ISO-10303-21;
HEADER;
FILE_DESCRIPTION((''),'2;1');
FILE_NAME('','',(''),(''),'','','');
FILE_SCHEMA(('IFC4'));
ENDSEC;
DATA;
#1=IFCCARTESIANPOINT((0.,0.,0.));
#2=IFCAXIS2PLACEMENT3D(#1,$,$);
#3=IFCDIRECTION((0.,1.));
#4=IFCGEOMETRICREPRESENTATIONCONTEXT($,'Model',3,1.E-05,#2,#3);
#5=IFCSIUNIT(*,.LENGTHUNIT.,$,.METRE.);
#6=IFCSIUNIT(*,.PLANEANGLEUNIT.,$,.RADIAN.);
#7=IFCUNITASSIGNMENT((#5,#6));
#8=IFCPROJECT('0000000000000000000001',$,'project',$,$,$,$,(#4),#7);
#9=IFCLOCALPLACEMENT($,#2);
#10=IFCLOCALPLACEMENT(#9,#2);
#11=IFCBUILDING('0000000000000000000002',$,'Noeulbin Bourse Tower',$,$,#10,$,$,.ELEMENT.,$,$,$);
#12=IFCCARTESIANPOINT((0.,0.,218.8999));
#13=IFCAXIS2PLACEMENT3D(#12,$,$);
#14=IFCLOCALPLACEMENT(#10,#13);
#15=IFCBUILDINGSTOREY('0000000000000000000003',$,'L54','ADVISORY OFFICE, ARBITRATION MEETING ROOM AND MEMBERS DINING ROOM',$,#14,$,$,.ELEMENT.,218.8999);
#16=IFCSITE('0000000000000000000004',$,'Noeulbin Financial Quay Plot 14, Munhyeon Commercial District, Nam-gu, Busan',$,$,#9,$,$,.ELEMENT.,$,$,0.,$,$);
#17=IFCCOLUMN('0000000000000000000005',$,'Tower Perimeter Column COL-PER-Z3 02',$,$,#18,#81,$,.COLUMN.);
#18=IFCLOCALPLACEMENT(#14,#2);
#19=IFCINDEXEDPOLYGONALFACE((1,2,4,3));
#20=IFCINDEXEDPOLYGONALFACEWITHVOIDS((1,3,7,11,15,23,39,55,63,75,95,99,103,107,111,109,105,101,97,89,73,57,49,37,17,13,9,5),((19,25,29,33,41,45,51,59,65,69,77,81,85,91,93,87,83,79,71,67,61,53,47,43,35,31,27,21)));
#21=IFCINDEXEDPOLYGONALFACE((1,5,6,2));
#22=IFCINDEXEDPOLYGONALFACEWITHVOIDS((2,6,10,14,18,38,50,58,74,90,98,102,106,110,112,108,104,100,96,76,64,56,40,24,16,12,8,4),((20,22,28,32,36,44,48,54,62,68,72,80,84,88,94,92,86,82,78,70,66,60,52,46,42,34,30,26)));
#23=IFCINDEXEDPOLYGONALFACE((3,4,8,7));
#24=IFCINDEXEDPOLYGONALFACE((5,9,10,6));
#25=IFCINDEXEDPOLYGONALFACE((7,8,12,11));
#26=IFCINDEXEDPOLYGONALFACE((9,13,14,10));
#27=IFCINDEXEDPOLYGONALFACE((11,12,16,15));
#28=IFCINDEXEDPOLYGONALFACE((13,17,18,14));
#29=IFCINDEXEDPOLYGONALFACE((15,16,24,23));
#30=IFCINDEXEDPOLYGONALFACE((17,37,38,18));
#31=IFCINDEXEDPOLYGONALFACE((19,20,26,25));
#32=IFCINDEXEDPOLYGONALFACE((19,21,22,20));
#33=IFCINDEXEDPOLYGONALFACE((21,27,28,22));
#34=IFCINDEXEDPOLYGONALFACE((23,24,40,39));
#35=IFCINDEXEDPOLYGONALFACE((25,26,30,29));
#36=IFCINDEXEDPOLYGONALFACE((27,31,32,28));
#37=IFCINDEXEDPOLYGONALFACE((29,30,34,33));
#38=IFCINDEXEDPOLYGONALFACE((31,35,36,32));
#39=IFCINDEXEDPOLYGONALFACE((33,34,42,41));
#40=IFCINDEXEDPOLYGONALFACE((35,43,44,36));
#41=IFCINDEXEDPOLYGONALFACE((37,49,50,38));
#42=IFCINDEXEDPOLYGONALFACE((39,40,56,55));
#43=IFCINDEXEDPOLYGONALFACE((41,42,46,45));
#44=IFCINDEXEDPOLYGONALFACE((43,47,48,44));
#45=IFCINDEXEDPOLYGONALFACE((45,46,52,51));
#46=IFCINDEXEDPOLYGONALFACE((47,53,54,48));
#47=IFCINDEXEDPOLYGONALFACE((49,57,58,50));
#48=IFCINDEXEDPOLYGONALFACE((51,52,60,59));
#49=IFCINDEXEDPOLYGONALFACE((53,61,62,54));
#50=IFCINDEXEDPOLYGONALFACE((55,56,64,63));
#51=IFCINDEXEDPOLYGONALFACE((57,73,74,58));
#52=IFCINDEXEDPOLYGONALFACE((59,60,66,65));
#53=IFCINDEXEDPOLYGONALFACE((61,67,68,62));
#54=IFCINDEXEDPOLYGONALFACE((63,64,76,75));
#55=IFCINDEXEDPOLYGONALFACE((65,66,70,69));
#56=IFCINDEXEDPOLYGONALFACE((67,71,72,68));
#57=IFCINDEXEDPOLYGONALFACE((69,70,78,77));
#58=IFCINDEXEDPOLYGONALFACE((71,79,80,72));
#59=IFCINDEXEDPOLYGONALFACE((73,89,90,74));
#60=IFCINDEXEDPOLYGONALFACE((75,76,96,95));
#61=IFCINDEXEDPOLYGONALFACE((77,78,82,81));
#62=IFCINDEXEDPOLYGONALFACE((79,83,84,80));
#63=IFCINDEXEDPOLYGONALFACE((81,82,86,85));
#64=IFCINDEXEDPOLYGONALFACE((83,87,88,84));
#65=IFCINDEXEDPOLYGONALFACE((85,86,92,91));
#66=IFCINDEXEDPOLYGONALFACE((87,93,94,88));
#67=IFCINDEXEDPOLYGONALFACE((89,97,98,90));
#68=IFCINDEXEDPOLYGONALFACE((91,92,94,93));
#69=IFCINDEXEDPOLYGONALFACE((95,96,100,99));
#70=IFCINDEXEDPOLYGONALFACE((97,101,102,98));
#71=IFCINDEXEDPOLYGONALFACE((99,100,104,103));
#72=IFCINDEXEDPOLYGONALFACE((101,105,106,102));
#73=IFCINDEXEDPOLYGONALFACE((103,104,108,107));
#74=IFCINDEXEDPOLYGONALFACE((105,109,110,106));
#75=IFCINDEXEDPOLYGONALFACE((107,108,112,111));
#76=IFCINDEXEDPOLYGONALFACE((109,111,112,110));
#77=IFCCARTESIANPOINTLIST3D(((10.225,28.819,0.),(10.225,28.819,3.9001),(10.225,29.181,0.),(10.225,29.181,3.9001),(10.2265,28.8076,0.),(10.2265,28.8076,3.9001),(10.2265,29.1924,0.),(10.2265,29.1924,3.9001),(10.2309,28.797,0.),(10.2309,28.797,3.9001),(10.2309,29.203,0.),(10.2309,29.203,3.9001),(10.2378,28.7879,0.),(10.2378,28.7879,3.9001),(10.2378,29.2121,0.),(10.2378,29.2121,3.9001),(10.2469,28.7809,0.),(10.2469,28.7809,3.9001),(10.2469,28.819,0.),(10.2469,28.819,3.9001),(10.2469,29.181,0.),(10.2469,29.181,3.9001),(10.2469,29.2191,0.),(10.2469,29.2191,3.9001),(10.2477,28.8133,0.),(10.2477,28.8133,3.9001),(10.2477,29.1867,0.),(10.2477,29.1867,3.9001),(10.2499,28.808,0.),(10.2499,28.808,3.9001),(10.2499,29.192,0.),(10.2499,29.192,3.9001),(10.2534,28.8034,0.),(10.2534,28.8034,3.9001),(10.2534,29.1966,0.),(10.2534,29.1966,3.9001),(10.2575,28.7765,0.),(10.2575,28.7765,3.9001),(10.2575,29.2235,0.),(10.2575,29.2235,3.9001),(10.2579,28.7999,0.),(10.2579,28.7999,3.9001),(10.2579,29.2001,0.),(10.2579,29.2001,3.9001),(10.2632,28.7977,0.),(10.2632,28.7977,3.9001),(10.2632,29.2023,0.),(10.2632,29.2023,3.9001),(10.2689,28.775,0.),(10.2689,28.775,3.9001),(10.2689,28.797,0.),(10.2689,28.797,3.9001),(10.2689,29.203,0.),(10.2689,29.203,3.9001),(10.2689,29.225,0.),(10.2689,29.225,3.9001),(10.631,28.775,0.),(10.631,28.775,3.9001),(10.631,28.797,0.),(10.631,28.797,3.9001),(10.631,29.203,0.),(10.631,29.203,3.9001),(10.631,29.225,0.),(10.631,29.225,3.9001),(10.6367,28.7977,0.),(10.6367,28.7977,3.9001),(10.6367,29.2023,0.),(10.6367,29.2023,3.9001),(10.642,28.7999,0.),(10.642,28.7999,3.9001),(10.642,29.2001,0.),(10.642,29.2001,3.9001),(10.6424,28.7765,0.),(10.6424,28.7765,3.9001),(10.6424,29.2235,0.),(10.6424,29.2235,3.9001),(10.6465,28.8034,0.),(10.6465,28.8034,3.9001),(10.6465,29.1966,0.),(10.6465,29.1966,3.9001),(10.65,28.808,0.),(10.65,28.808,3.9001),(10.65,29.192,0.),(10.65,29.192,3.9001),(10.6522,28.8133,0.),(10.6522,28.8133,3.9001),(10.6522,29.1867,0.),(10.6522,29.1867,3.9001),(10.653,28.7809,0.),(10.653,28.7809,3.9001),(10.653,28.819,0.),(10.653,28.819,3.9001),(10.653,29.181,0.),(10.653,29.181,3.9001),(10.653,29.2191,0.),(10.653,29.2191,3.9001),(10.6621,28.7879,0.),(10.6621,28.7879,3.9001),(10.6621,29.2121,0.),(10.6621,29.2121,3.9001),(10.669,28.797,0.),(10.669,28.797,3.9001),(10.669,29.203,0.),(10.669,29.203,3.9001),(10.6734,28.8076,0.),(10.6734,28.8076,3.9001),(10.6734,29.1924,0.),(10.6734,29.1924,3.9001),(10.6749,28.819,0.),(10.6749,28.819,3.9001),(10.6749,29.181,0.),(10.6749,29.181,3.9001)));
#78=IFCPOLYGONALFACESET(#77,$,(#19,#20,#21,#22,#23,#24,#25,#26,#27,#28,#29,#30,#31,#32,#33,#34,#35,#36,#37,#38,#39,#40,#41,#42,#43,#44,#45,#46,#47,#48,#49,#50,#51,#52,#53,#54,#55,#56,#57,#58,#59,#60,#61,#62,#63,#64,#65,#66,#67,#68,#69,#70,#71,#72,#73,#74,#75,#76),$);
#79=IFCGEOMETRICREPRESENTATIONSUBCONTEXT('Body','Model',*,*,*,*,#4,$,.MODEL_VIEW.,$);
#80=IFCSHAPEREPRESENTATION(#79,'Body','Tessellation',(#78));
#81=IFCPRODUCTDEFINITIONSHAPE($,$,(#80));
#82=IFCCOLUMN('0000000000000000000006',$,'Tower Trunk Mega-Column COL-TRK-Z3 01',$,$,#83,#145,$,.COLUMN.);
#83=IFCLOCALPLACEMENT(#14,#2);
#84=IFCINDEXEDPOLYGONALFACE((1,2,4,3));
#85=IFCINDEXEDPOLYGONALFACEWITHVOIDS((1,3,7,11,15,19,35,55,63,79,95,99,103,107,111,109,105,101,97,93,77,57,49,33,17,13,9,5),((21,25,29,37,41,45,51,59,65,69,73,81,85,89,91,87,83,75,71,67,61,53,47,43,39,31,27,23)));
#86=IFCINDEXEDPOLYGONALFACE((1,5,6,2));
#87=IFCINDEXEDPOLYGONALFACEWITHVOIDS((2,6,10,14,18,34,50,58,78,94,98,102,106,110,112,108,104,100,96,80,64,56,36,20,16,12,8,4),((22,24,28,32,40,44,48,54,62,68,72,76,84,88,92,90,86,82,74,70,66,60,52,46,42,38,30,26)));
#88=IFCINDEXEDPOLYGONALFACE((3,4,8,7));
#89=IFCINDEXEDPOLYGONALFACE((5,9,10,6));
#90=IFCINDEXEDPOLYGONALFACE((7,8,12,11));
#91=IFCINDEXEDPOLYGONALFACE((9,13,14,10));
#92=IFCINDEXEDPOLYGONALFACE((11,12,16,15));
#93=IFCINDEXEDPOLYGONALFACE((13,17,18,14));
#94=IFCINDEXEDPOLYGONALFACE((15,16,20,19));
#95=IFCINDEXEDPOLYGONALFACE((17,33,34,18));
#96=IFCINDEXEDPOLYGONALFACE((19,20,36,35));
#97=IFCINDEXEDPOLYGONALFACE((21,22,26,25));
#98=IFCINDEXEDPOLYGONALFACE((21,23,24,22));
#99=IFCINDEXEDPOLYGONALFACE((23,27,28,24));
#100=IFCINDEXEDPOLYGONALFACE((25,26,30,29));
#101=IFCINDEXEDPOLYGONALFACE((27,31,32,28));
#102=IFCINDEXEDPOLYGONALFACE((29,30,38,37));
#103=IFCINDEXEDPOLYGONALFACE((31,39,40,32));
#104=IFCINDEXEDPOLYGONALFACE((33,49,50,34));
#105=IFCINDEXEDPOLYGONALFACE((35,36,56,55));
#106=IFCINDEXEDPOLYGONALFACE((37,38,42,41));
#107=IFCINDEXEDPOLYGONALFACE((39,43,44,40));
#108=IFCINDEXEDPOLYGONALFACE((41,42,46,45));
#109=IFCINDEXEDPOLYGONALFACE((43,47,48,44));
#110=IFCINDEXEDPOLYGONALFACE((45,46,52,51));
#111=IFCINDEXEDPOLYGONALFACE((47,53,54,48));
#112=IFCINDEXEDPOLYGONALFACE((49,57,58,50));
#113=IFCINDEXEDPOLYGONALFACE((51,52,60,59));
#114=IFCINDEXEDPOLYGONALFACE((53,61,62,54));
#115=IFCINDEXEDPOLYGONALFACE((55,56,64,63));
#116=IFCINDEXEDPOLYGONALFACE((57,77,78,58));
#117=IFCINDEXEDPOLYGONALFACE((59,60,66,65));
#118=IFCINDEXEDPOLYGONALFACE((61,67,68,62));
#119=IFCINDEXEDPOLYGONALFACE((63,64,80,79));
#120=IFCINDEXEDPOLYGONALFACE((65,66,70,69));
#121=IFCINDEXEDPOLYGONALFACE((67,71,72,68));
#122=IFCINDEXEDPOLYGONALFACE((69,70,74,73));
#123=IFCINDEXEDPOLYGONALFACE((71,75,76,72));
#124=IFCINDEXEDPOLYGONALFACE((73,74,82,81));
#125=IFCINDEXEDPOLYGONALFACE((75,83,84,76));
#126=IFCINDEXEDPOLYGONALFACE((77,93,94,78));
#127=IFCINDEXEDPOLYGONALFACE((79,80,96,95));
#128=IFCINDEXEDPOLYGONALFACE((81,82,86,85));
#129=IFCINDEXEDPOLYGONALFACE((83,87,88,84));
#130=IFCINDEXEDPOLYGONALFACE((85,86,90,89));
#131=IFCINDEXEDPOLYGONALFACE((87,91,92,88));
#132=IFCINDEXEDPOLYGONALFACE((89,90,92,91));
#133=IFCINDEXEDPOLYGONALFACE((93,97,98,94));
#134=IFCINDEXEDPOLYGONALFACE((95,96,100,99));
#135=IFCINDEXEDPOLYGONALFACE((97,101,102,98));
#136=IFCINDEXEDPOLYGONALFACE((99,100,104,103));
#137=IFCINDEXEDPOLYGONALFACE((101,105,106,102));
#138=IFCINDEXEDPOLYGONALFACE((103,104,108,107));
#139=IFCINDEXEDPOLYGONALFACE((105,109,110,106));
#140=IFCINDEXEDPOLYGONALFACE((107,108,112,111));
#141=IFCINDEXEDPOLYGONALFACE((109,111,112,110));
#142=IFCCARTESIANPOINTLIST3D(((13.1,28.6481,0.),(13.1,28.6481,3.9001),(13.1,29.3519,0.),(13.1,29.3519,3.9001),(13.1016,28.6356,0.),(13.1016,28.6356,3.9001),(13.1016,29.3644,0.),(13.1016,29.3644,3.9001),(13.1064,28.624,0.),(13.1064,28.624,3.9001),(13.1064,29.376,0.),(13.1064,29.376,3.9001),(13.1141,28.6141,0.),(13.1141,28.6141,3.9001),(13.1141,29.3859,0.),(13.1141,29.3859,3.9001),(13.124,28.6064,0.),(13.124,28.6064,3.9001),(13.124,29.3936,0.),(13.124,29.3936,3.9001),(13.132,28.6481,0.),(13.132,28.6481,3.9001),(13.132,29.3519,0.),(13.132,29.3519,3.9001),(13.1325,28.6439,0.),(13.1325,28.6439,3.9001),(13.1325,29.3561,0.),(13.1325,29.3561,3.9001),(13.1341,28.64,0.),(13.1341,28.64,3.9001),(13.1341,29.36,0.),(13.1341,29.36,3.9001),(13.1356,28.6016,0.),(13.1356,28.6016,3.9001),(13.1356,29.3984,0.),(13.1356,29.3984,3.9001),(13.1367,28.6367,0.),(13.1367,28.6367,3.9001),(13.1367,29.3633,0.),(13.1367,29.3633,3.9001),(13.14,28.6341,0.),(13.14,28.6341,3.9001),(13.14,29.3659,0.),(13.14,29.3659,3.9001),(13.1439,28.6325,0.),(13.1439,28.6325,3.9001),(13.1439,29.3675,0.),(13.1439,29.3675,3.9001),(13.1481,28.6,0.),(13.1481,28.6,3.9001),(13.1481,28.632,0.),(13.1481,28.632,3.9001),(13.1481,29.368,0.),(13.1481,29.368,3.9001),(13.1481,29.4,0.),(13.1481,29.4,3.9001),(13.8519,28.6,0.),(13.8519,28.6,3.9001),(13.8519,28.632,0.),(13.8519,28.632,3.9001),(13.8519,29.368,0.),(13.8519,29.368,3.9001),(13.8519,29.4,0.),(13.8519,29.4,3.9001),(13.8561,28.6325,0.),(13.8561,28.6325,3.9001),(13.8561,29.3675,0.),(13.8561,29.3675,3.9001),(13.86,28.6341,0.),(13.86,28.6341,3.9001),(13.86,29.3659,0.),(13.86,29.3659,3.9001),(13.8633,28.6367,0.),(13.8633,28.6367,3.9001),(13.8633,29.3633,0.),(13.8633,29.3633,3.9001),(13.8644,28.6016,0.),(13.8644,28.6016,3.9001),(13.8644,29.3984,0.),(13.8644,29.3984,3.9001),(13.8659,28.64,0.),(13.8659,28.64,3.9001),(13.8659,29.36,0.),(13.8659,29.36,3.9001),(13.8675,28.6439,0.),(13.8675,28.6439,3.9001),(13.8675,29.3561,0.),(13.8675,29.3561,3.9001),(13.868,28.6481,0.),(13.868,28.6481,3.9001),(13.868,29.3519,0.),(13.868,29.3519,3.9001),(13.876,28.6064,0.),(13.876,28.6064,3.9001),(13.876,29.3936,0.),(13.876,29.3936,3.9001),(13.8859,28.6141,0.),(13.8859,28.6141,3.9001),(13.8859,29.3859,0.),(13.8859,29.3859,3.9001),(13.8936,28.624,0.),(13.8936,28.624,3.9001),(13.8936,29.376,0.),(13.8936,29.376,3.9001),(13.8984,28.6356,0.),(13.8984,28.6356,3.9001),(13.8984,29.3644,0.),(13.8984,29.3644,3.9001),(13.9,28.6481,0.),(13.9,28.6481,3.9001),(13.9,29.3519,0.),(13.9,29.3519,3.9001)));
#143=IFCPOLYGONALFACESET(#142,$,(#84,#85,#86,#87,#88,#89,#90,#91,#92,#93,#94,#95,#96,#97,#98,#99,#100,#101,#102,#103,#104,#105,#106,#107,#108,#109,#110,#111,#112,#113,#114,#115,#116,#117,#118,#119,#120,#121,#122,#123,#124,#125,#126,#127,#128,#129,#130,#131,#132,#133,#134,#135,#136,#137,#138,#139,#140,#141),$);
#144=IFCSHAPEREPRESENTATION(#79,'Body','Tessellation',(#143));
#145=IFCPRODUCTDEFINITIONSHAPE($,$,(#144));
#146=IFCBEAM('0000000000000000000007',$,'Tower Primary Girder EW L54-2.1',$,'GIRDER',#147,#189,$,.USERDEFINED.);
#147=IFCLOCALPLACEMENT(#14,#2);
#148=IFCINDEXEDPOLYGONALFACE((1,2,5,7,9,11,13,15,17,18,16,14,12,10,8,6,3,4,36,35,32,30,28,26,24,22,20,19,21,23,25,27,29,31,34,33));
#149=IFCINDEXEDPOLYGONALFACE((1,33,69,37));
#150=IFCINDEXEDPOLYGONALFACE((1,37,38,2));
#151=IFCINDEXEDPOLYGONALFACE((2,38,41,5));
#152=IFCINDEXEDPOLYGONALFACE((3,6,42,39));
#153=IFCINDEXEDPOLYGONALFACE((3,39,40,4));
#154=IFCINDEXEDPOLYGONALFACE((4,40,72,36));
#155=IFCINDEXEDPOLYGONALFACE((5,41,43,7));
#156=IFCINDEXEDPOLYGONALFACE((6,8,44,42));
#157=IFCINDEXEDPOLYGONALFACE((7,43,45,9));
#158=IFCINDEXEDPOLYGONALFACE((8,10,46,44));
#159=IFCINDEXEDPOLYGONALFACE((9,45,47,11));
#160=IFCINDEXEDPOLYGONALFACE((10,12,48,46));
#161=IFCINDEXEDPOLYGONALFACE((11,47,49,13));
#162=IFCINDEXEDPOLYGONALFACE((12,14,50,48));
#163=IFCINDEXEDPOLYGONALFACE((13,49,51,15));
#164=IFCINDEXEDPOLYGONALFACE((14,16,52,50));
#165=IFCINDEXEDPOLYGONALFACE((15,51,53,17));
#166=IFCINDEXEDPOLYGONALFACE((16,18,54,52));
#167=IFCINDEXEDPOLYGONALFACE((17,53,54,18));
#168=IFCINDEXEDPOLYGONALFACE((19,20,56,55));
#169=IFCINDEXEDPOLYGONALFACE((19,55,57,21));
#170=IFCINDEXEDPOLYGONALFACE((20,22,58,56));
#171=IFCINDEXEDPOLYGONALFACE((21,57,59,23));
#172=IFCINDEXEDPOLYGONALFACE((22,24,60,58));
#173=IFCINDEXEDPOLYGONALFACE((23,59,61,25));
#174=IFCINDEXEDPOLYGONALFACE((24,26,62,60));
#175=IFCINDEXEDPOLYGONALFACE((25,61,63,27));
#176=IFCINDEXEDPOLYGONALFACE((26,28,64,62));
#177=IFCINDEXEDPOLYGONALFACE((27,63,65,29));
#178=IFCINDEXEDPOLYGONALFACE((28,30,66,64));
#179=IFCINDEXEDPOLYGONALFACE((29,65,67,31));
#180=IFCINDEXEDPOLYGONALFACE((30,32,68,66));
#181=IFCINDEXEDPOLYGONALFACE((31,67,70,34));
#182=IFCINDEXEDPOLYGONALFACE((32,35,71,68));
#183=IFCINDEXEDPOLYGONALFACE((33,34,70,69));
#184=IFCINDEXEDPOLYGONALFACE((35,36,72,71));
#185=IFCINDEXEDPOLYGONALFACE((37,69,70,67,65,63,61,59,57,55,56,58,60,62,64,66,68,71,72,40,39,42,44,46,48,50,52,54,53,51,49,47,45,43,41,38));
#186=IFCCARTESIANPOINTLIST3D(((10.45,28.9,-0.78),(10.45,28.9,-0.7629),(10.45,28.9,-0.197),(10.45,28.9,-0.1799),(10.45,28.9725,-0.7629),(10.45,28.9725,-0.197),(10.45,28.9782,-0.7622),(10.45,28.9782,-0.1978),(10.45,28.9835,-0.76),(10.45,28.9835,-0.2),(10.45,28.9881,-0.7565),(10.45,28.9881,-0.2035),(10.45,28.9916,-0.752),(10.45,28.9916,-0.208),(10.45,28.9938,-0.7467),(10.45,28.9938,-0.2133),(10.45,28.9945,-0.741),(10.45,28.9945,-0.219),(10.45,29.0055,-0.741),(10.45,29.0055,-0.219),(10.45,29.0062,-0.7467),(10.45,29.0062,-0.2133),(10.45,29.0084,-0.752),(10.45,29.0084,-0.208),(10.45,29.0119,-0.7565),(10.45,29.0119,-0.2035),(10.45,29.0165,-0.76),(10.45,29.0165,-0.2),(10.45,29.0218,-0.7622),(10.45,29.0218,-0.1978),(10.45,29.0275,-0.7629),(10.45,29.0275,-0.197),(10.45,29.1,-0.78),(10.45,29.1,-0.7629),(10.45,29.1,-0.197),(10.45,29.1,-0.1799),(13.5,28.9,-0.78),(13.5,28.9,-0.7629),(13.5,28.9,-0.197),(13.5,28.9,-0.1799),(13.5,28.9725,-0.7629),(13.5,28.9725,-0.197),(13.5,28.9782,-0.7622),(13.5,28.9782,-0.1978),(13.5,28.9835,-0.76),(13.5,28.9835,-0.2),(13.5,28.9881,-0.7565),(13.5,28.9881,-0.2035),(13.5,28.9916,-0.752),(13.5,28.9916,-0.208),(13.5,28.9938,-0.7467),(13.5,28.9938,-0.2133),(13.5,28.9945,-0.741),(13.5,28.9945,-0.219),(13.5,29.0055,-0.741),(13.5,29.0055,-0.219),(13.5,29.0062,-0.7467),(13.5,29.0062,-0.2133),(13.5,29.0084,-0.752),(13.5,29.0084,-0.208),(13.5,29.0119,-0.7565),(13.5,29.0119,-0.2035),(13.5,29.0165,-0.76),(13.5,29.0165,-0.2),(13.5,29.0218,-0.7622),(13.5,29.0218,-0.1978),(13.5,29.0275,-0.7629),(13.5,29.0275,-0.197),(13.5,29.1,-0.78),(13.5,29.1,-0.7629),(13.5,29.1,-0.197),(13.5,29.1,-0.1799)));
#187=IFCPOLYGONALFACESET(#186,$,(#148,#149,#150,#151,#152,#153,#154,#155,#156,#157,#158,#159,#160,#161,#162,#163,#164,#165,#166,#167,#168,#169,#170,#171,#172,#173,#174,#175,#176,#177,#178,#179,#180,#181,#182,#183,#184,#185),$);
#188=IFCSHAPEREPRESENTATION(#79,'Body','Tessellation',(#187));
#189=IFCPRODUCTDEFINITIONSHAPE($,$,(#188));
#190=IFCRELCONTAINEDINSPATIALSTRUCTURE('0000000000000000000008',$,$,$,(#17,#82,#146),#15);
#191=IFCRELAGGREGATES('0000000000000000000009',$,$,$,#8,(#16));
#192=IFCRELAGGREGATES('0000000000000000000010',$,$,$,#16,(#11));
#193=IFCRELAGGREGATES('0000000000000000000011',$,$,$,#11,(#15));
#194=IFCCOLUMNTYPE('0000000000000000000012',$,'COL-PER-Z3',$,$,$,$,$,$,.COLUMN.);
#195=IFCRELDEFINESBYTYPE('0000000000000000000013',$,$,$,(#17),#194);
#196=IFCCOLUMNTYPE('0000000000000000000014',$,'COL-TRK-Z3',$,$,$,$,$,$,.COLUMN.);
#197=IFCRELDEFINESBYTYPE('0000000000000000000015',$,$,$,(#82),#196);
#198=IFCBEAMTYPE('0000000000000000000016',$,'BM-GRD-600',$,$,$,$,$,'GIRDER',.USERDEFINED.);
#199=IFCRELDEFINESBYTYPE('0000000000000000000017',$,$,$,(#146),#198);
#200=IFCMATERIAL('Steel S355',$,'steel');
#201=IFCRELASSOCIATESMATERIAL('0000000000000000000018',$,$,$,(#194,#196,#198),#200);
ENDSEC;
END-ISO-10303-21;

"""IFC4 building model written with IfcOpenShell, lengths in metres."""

from ifc_helpers import new_model, si_unit, direction, frame, origin, origin_2d, place, context, subcontext, project, spatial, hollow_rectangle, i_section, extrude, material, material_profile, profile_set, type_object, element, save


model = new_model("IFC4")

# Units and contexts
model_context = context("Model", 3, precision=1e-05, world=origin(), true_north=direction((0.0, 1.0)))
body_context = subcontext(model_context, "Body", "Model", "MODEL_VIEW")
ifc_project = project(units=[si_unit("LENGTHUNIT", "METRE"), si_unit("PLANEANGLEUNIT", "RADIAN")], contexts=[model_context])

# Site, building, storey
site_placement = place(None, origin())
site = spatial("IfcSite", under=ifc_project, at=site_placement, Name="Noeulbin Financial Quay Plot 14, Munhyeon Commercial District, Nam-gu, Busan", CompositionType="ELEMENT", RefElevation=0.0)
building_placement = place(site_placement, origin())
building = spatial("IfcBuilding", under=site, at=building_placement, Name="Noeulbin Bourse Tower", CompositionType="ELEMENT")
storey_placement = place(building_placement, frame((0.0, 0.0, 218.8999)))
storey = spatial("IfcBuildingStorey", under=building, at=storey_placement, Name="L54", Description="ADVISORY OFFICE, ARBITRATION MEETING ROOM AND MEMBERS DINING ROOM", CompositionType="ELEMENT", Elevation=218.8999)

# Columns
ifc_material_1 = material(Name="Steel S355", Category="steel")
ifc_material_profile_1 = material_profile(ifc_material_1, hollow_rectangle(XDim=0.45, YDim=0.45, WallThickness=0.022, InnerFilletRadius=0.022, OuterFilletRadius=0.0439, at=origin_2d()), Name="SHS-450x450x22", Category="LoadBearing")
ifc_profile_set_1 = profile_set([ifc_material_profile_1], Name="Steel S355")
column_type_1 = type_object("IfcColumnType", Name="COL-PER-Z3", PredefinedType="COLUMN", material=ifc_profile_set_1)
column_1_placement = place(storey_placement, frame((10.45, 29.0, 0.0), z_axis=(0.0, 0.0, 1.0), x_axis=(1.0, 0.0, 0.0)))
element("IfcColumn", 1, at=column_1_placement, inside=storey, type_object=column_type_1, Name="Tower Perimeter Column COL-PER-Z3 02", PredefinedType="COLUMN", context=body_context, shape_type="SweptSolid", body=[
    extrude(hollow_rectangle(XDim=0.45, YDim=0.45, WallThickness=0.022, InnerFilletRadius=0.022, OuterFilletRadius=0.0439, at=origin_2d()), origin(), (0.0, 0.0, 1.0), 3.9001),
])
ifc_material_profile_2 = material_profile(ifc_material_1, hollow_rectangle(XDim=0.8, YDim=0.8, WallThickness=0.032, InnerFilletRadius=0.0161, OuterFilletRadius=0.0481, at=origin_2d()), Name="BOX-800x800x32", Category="LoadBearing")
ifc_profile_set_2 = profile_set([ifc_material_profile_2], Name="Steel S355")
column_type_2 = type_object("IfcColumnType", Name="COL-TRK-Z3", PredefinedType="COLUMN", material=ifc_profile_set_2)
column_2_placement = place(storey_placement, frame((13.5, 29.0, 0.0), z_axis=(0.0, 0.0, 1.0), x_axis=(1.0, 0.0, 0.0)))
element("IfcColumn", 2, at=column_2_placement, inside=storey, type_object=column_type_2, Name="Tower Trunk Mega-Column COL-TRK-Z3 01", PredefinedType="COLUMN", context=body_context, shape_type="SweptSolid", body=[
    extrude(hollow_rectangle(XDim=0.8, YDim=0.8, WallThickness=0.032, InnerFilletRadius=0.0161, OuterFilletRadius=0.0481, at=origin_2d()), origin(), (0.0, 0.0, 1.0), 3.9001),
])

# Beam
ifc_material_profile_3 = material_profile(ifc_material_1, i_section(OverallWidth=0.2, OverallDepth=0.6001, WebThickness=0.011, FlangeThickness=0.0171, FilletRadius=0.022, at=origin_2d()), Name="H-600x200x11x17", Category="LoadBearing")
ifc_profile_set_3 = profile_set([ifc_material_profile_3], Name="Steel S355")
beam_type_1 = type_object("IfcBeamType", Name="BM-GRD-600", ElementType="GIRDER", PredefinedType="USERDEFINED", material=ifc_profile_set_3)
beam_placement = place(storey_placement, frame((10.45, 29.0, -0.48), z_axis=(1.0, 0.0, 0.0), x_axis=(0.0, 1.0, 0.0)))
element("IfcBeam", 3, at=beam_placement, inside=storey, type_object=beam_type_1, Name="Tower Primary Girder EW L54-2.1", ObjectType="GIRDER", PredefinedType="USERDEFINED", context=body_context, shape_type="SweptSolid", body=[
    extrude(i_section(OverallWidth=0.2, OverallDepth=0.6001, WebThickness=0.011, FlangeThickness=0.0171, FilletRadius=0.022, at=origin_2d()), origin(), (0.0, 0.0, 1.0), 3.05),
])

save(model, "model.ifc")
